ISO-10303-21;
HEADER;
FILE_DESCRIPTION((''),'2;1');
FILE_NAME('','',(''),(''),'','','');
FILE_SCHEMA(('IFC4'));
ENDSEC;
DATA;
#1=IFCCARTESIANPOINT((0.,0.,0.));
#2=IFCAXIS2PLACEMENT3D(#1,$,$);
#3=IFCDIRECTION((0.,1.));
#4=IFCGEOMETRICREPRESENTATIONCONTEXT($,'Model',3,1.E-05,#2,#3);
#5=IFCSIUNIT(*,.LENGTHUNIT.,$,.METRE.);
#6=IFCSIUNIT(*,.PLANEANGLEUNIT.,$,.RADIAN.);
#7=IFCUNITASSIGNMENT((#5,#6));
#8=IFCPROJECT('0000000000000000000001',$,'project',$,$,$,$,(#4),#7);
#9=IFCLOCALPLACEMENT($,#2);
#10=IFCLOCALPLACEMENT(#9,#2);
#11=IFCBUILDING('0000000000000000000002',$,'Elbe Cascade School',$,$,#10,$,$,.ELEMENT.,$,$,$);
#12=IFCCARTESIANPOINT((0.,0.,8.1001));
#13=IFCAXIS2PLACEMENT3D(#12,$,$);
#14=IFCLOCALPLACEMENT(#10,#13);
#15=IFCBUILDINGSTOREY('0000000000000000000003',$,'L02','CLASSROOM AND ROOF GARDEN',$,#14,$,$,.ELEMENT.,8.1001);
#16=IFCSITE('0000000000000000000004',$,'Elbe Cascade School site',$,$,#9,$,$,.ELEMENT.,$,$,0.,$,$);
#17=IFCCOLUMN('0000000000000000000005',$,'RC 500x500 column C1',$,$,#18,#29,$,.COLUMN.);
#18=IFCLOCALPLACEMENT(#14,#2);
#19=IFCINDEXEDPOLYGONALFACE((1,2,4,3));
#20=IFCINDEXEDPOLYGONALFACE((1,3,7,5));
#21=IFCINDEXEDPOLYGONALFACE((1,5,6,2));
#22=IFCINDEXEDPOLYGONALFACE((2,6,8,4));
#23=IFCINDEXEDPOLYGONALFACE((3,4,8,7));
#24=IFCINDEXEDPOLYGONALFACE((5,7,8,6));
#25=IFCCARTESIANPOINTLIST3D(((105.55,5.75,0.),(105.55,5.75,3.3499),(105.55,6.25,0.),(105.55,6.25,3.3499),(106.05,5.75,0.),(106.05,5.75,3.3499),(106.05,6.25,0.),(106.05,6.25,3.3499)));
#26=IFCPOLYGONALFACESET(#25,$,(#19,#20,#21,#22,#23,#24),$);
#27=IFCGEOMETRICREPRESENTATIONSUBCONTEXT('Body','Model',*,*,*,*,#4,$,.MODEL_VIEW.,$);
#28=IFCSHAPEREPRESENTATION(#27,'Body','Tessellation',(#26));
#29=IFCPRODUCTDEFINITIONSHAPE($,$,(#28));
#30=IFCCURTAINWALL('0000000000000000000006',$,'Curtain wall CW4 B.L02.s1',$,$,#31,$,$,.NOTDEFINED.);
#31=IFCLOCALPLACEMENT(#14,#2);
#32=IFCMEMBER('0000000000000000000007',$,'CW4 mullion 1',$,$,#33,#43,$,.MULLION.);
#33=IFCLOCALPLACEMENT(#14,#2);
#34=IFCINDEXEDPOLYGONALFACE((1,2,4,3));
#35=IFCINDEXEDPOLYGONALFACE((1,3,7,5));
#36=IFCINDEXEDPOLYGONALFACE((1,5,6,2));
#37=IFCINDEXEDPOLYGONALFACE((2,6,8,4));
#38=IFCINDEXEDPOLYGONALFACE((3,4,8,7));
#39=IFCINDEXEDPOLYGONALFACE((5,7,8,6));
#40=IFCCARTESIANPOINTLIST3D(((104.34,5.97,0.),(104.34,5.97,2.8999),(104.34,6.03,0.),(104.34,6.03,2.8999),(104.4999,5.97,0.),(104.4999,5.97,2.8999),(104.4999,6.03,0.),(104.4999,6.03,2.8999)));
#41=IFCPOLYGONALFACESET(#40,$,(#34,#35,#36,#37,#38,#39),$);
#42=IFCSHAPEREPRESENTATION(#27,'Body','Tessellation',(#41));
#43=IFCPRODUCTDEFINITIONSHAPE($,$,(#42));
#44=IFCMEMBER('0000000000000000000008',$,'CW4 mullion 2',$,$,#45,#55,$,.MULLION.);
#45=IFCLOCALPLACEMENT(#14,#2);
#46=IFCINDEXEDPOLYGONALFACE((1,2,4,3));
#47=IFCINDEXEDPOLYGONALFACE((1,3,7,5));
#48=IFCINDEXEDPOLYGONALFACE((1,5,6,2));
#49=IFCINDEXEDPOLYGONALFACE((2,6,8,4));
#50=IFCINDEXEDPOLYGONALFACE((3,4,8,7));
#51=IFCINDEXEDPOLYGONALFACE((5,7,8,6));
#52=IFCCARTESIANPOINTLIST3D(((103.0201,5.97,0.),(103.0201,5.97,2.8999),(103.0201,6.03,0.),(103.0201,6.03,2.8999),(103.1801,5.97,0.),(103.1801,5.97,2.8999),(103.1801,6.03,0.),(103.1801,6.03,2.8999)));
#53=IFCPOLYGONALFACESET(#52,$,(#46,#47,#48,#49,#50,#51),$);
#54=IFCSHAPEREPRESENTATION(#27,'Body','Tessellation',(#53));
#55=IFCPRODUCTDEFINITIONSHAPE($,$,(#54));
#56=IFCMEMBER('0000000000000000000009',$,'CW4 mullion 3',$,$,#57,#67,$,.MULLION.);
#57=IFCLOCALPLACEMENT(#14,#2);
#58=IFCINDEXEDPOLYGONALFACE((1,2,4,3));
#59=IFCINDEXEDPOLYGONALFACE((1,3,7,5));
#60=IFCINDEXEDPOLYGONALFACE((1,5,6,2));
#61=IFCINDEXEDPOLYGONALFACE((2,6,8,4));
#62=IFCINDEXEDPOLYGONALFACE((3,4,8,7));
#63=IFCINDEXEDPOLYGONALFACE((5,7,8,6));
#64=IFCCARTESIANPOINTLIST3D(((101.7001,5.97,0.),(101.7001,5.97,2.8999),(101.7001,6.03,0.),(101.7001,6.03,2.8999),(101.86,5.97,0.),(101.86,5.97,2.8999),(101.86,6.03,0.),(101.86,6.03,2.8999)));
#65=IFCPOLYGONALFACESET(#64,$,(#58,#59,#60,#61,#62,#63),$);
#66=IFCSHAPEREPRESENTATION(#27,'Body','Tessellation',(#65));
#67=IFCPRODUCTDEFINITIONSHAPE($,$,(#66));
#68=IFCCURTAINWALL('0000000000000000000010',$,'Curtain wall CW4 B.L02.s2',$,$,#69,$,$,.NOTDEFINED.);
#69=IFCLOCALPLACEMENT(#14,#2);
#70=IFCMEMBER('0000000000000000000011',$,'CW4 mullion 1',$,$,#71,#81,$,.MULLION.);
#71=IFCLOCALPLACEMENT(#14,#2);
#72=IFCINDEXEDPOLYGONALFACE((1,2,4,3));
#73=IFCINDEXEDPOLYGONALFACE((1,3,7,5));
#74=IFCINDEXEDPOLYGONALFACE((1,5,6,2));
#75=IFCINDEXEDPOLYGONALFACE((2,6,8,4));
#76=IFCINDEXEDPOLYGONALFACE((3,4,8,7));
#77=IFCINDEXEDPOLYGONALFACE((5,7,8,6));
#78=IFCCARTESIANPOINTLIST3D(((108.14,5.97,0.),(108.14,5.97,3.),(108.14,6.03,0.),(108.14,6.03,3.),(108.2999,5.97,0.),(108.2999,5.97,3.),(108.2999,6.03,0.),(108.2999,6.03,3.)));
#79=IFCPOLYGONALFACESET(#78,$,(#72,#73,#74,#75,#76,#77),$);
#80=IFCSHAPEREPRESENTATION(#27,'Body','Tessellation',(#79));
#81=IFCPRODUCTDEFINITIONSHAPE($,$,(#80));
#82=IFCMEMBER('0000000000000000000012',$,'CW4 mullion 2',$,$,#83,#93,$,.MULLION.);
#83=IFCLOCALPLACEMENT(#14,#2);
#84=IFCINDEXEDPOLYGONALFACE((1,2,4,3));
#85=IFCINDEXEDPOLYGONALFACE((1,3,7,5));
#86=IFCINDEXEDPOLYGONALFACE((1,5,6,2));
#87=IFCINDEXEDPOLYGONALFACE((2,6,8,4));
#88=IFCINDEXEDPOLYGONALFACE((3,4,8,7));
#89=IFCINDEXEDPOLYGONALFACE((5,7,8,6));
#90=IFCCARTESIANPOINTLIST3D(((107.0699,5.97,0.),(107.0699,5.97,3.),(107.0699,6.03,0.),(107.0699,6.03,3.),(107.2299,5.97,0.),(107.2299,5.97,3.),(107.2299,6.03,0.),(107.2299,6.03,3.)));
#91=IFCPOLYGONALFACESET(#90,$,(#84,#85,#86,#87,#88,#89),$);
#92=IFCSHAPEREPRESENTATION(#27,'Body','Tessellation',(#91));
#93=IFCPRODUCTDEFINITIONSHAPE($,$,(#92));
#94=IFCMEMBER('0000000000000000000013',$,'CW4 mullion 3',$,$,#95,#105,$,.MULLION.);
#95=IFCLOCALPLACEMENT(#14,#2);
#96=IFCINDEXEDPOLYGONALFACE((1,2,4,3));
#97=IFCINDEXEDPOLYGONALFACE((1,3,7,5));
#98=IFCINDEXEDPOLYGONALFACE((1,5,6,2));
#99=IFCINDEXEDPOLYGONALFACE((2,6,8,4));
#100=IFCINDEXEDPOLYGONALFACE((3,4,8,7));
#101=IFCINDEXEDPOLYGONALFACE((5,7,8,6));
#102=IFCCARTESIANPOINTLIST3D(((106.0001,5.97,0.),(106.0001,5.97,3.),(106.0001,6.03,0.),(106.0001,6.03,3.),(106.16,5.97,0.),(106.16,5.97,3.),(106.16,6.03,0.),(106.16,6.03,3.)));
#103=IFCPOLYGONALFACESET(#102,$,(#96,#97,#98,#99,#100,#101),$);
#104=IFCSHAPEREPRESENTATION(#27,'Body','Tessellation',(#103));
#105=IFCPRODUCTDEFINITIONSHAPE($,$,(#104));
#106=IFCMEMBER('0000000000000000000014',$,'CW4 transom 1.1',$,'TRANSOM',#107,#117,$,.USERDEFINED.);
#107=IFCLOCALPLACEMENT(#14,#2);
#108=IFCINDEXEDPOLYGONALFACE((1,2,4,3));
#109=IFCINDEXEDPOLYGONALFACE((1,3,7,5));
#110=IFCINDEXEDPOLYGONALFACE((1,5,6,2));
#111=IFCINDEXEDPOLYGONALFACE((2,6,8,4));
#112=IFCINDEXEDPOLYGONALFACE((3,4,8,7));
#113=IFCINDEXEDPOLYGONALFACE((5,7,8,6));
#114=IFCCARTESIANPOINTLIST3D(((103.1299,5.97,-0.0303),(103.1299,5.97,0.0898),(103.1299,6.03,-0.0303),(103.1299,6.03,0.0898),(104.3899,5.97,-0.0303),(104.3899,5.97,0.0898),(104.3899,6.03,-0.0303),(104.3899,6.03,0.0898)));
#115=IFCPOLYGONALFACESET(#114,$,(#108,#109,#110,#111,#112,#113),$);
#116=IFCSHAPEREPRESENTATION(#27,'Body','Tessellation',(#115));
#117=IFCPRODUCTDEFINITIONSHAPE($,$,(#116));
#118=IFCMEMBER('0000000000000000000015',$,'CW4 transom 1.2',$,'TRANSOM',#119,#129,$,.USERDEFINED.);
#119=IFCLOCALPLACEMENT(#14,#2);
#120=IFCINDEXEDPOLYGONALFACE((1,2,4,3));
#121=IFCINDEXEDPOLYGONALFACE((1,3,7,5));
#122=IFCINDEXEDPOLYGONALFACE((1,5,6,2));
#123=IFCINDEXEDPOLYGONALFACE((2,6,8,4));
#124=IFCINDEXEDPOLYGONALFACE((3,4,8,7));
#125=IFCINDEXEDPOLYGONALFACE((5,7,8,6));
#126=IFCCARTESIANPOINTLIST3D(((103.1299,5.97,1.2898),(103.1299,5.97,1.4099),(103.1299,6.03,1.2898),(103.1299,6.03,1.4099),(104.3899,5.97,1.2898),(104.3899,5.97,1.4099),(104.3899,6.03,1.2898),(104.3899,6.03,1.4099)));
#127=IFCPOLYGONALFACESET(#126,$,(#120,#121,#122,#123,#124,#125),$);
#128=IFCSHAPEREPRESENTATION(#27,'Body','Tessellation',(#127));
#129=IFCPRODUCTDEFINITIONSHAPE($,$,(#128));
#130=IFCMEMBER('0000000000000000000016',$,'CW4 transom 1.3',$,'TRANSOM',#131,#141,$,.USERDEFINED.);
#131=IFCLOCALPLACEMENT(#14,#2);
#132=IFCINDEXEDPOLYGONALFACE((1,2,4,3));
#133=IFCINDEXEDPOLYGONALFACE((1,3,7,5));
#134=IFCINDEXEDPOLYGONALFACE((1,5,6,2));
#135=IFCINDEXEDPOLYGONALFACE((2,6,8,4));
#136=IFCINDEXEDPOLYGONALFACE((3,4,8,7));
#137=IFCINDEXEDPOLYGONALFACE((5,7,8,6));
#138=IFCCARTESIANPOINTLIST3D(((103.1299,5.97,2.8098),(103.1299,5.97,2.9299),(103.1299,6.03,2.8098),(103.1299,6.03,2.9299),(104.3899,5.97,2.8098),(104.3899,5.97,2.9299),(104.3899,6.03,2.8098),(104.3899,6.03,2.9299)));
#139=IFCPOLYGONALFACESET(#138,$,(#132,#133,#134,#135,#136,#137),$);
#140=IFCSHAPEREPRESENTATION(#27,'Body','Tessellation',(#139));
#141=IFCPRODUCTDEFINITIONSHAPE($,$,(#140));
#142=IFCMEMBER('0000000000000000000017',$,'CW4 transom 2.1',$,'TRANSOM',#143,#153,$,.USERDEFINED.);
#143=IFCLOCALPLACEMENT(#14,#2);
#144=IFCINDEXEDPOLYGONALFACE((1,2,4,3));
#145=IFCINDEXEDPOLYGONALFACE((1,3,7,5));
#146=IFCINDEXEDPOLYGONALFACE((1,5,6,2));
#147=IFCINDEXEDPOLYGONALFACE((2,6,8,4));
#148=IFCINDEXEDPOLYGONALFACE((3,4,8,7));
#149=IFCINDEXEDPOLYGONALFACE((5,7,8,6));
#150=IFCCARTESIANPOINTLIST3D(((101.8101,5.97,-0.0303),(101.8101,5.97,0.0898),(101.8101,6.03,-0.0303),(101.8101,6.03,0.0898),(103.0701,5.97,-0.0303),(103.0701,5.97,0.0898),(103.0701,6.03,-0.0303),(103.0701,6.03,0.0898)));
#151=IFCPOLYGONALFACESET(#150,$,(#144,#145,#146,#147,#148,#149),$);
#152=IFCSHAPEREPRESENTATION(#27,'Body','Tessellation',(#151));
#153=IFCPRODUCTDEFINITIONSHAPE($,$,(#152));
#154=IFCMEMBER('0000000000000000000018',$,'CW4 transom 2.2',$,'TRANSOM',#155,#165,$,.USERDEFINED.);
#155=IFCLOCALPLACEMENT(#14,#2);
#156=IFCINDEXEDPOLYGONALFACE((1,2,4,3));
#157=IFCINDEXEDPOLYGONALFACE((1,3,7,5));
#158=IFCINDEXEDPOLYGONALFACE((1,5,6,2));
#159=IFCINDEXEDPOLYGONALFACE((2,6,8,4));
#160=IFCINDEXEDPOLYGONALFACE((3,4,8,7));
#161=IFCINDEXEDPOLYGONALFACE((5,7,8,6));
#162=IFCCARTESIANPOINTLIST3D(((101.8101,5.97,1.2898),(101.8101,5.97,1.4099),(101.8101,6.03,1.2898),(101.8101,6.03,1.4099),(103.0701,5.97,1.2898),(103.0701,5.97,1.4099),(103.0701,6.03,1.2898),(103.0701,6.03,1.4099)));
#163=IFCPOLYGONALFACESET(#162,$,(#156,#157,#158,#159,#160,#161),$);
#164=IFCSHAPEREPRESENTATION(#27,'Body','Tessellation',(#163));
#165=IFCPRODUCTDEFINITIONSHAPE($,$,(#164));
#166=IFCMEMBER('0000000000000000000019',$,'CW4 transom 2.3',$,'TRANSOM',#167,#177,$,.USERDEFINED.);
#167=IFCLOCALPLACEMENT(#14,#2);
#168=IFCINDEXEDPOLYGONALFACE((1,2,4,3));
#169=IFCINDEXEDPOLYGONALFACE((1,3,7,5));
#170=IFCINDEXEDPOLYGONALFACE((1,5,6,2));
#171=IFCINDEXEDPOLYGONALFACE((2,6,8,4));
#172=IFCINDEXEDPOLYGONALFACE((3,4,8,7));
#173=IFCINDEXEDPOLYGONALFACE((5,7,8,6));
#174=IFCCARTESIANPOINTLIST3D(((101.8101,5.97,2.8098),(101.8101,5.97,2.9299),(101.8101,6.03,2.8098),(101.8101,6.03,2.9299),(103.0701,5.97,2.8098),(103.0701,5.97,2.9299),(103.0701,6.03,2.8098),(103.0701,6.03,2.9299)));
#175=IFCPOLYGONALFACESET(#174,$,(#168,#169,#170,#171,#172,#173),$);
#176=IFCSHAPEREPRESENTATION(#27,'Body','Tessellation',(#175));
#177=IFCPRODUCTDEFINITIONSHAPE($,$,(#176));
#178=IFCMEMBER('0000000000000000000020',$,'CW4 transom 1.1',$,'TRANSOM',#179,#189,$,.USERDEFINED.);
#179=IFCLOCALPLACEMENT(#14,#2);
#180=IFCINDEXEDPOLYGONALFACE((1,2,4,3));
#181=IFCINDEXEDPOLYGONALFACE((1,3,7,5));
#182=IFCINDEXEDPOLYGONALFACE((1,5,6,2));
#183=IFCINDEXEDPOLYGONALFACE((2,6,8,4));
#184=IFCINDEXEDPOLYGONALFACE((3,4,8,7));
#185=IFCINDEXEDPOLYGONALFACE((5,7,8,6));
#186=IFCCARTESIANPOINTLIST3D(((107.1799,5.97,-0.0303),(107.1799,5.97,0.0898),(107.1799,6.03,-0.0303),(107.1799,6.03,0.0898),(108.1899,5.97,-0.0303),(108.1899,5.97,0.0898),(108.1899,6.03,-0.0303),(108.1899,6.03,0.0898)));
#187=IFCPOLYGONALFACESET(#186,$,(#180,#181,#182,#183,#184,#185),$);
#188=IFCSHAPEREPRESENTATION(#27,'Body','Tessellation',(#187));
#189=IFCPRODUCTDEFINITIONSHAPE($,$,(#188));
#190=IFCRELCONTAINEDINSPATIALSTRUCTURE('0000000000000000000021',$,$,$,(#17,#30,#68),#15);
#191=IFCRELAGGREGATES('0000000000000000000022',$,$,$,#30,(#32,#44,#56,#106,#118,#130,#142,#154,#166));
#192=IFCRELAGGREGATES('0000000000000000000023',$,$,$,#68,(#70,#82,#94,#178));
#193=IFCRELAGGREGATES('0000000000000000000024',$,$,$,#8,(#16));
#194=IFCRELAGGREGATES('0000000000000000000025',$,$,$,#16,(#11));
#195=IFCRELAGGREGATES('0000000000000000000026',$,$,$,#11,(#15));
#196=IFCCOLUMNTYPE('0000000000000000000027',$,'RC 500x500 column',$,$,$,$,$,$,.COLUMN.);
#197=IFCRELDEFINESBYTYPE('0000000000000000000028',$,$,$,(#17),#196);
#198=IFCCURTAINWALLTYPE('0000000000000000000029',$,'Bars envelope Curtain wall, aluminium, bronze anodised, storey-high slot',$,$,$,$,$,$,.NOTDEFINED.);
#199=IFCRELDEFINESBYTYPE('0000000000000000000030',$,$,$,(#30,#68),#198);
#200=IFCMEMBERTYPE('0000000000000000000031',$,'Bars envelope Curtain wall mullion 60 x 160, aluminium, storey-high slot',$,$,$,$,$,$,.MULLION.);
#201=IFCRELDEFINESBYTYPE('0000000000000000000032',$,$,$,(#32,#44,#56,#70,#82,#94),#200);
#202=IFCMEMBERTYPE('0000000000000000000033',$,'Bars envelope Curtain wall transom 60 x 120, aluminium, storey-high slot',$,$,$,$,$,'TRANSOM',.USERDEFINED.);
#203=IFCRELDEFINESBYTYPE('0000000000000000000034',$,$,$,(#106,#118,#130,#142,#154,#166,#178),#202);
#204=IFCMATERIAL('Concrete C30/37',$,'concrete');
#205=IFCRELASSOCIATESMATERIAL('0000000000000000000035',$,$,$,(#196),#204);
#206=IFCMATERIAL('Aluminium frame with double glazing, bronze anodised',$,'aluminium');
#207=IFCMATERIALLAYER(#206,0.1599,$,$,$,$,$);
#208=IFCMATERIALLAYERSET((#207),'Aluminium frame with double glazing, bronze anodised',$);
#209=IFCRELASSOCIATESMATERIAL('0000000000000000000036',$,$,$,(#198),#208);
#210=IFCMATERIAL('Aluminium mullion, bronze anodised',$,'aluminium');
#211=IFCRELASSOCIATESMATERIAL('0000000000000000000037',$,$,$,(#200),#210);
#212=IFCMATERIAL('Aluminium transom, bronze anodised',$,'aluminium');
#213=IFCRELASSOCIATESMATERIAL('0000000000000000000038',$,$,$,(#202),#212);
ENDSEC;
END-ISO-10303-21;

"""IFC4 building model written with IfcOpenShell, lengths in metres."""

from ifc_helpers import new_model, si_unit, direction, frame, origin, origin_2d, place, context, subcontext, project, spatial, rectangle, extrude, material, layer, layer_set, material_profile, profile_set, type_object, element, aggregate, save


model = new_model("IFC4")

# Units and contexts
model_context = context("Model", 3, precision=1e-05, world=origin(), true_north=direction((0.0, 1.0)))
body_context = subcontext(model_context, "Body", "Model", "MODEL_VIEW")
ifc_project = project(units=[si_unit("LENGTHUNIT", "METRE"), si_unit("PLANEANGLEUNIT", "RADIAN")], contexts=[model_context])

# Site, building, storey
site_placement = place(None, origin())
site = spatial("IfcSite", under=ifc_project, at=site_placement, Name="Elbe Cascade School site", CompositionType="ELEMENT", RefElevation=0.0)
building_placement = place(site_placement, origin())
building = spatial("IfcBuilding", under=site, at=building_placement, Name="Elbe Cascade School", CompositionType="ELEMENT")
storey_placement = place(building_placement, frame((0.0, 0.0, 8.1001)))
storey = spatial("IfcBuildingStorey", under=building, at=storey_placement, Name="L02", Description="CLASSROOM AND ROOF GARDEN", CompositionType="ELEMENT", Elevation=8.1001)

# Column
ifc_material_1 = material(Name="Concrete C30/37", Category="concrete")
ifc_material_profile_1 = material_profile(ifc_material_1, rectangle(XDim=0.5, YDim=0.5, at=origin_2d()), Name="RC 500x500")
ifc_profile_set_1 = profile_set([ifc_material_profile_1], Name="Concrete C30/37")
column_type = type_object("IfcColumnType", Name="RC 500x500 column", PredefinedType="COLUMN", material=ifc_profile_set_1)
column_placement = place(storey_placement, frame((105.8, 6.0, 0.0), z_axis=(0.0, 0.0, 1.0), x_axis=(1.0, 0.0, 0.0)))
element("IfcColumn", 1, at=column_placement, inside=storey, type_object=column_type, Name="RC 500x500 column C1", PredefinedType="COLUMN", context=body_context, shape_type="SweptSolid", body=[
    extrude(rectangle(XDim=0.5, YDim=0.5, at=origin_2d()), origin(), (0.0, 0.0, 1.0), 3.3499),
])

# Curtain walls, members
ifc_material_2 = material(Name="Aluminium frame with double glazing, bronze anodised", Category="aluminium")
ifc_layer_1 = layer(ifc_material_2, 0.1599)
ifc_layer_set_1 = layer_set([ifc_layer_1], Name="Aluminium frame with double glazing, bronze anodised")
curtain_wall_type = type_object("IfcCurtainWallType", Name="Bars envelope Curtain wall, aluminium, bronze anodised, storey-high slot", PredefinedType="NOTDEFINED", material=ifc_layer_set_1)
curtain_wall_1_placement = place(storey_placement, origin())
curtain_wall_1 = element("IfcCurtainWall", 2, at=curtain_wall_1_placement, inside=storey, type_object=curtain_wall_type, Name="Curtain wall CW4 B.L02.s1", PredefinedType="NOTDEFINED")
ifc_material_3 = material(Name="Aluminium mullion, bronze anodised", Category="aluminium")
ifc_material_profile_2 = material_profile(ifc_material_3, rectangle(XDim=0.0601, YDim=0.1599, at=origin_2d()), Name="Bars envelope Curtain wall mullion 60 x 160, aluminium, storey-high slot")
ifc_profile_set_2 = profile_set([ifc_material_profile_2], Name="Aluminium mullion, bronze anodised")
member_type_1 = type_object("IfcMemberType", Name="Bars envelope Curtain wall mullion 60 x 160, aluminium, storey-high slot", PredefinedType="MULLION", material=ifc_profile_set_2)
member_1_placement = place(storey_placement, frame((104.4199, 6.0, 0.0), z_axis=(0.0, 0.0, 1.0), x_axis=(0.0, -1.0, 0.0)))
member_1 = element("IfcMember", 3, at=member_1_placement, type_object=member_type_1, Name="CW4 mullion 1", PredefinedType="MULLION", context=body_context, shape_type="SweptSolid", body=[
    extrude(rectangle(XDim=0.0601, YDim=0.1599, at=origin_2d()), origin(), (0.0, 0.0, 1.0), 2.8999),
])
member_2_placement = place(storey_placement, frame((103.1001, 6.0, 0.0), z_axis=(0.0, 0.0, 1.0), x_axis=(0.0, -1.0, 0.0)))
member_2 = element("IfcMember", 4, at=member_2_placement, type_object=member_type_1, Name="CW4 mullion 2", PredefinedType="MULLION", context=body_context, shape_type="SweptSolid", body=[
    extrude(rectangle(XDim=0.0601, YDim=0.1599, at=origin_2d()), origin(), (0.0, 0.0, 1.0), 2.8999),
])
member_3_placement = place(storey_placement, frame((101.78, 6.0, 0.0), z_axis=(0.0, 0.0, 1.0), x_axis=(0.0, -1.0, 0.0)))
member_3 = element("IfcMember", 5, at=member_3_placement, type_object=member_type_1, Name="CW4 mullion 3", PredefinedType="MULLION", context=body_context, shape_type="SweptSolid", body=[
    extrude(rectangle(XDim=0.0601, YDim=0.1599, at=origin_2d()), origin(), (0.0, 0.0, 1.0), 2.8999),
])
curtain_wall_2_placement = place(storey_placement, origin())
curtain_wall_2 = element("IfcCurtainWall", 6, at=curtain_wall_2_placement, inside=storey, type_object=curtain_wall_type, Name="Curtain wall CW4 B.L02.s2", PredefinedType="NOTDEFINED")
member_4_placement = place(storey_placement, frame((108.22, 6.0, 0.0), z_axis=(0.0, 0.0, 1.0), x_axis=(0.0, -1.0, 0.0)))
member_4 = element("IfcMember", 7, at=member_4_placement, type_object=member_type_1, Name="CW4 mullion 1", PredefinedType="MULLION", context=body_context, shape_type="SweptSolid", body=[
    extrude(rectangle(XDim=0.0601, YDim=0.1599, at=origin_2d()), origin(), (0.0, 0.0, 1.0), 3.0),
])
member_5_placement = place(storey_placement, frame((107.1499, 6.0, 0.0), z_axis=(0.0, 0.0, 1.0), x_axis=(0.0, -1.0, 0.0)))
member_5 = element("IfcMember", 8, at=member_5_placement, type_object=member_type_1, Name="CW4 mullion 2", PredefinedType="MULLION", context=body_context, shape_type="SweptSolid", body=[
    extrude(rectangle(XDim=0.0601, YDim=0.1599, at=origin_2d()), origin(), (0.0, 0.0, 1.0), 3.0),
])
member_6_placement = place(storey_placement, frame((106.0801, 6.0, 0.0), z_axis=(0.0, 0.0, 1.0), x_axis=(0.0, -1.0, 0.0)))
member_6 = element("IfcMember", 9, at=member_6_placement, type_object=member_type_1, Name="CW4 mullion 3", PredefinedType="MULLION", context=body_context, shape_type="SweptSolid", body=[
    extrude(rectangle(XDim=0.0601, YDim=0.1599, at=origin_2d()), origin(), (0.0, 0.0, 1.0), 3.0),
])

# Members
ifc_material_4 = material(Name="Aluminium transom, bronze anodised", Category="aluminium")
ifc_material_profile_3 = material_profile(ifc_material_4, rectangle(XDim=0.0601, YDim=0.1201, at=origin_2d()), Name="Bars envelope Curtain wall transom 60 x 120, aluminium, storey-high slot")
ifc_profile_set_3 = profile_set([ifc_material_profile_3], Name="Aluminium transom, bronze anodised")
member_type_2 = type_object("IfcMemberType", Name="Bars envelope Curtain wall transom 60 x 120, aluminium, storey-high slot", ElementType="TRANSOM", PredefinedType="USERDEFINED", material=ifc_profile_set_3)
member_7_placement = place(storey_placement, frame((104.3899, 6.0, 0.0298), z_axis=(-1.0, 0.0, 0.0), x_axis=(0.0, -1.0, 0.0)))
member_7 = element("IfcMember", 10, at=member_7_placement, type_object=member_type_2, Name="CW4 transom 1.1", ObjectType="TRANSOM", PredefinedType="USERDEFINED", context=body_context, shape_type="SweptSolid", body=[
    extrude(rectangle(XDim=0.0601, YDim=0.1201, at=origin_2d()), origin(), (0.0, 0.0, 1.0), 1.26),
])
member_8_placement = place(storey_placement, frame((104.3899, 6.0, 1.3499), z_axis=(-1.0, 0.0, 0.0), x_axis=(0.0, -1.0, 0.0)))
member_8 = element("IfcMember", 11, at=member_8_placement, type_object=member_type_2, Name="CW4 transom 1.2", ObjectType="TRANSOM", PredefinedType="USERDEFINED", context=body_context, shape_type="SweptSolid", body=[
    extrude(rectangle(XDim=0.0601, YDim=0.1201, at=origin_2d()), origin(), (0.0, 0.0, 1.0), 1.26),
])
member_9_placement = place(storey_placement, frame((104.3899, 6.0, 2.8699), z_axis=(-1.0, 0.0, 0.0), x_axis=(0.0, -1.0, 0.0)))
member_9 = element("IfcMember", 12, at=member_9_placement, type_object=member_type_2, Name="CW4 transom 1.3", ObjectType="TRANSOM", PredefinedType="USERDEFINED", context=body_context, shape_type="SweptSolid", body=[
    extrude(rectangle(XDim=0.0601, YDim=0.1201, at=origin_2d()), origin(), (0.0, 0.0, 1.0), 1.26),
])
member_10_placement = place(storey_placement, frame((103.0701, 6.0, 0.0298), z_axis=(-1.0, 0.0, 0.0), x_axis=(0.0, -1.0, 0.0)))
member_10 = element("IfcMember", 13, at=member_10_placement, type_object=member_type_2, Name="CW4 transom 2.1", ObjectType="TRANSOM", PredefinedType="USERDEFINED", context=body_context, shape_type="SweptSolid", body=[
    extrude(rectangle(XDim=0.0601, YDim=0.1201, at=origin_2d()), origin(), (0.0, 0.0, 1.0), 1.26),
])
member_11_placement = place(storey_placement, frame((103.0701, 6.0, 1.3499), z_axis=(-1.0, 0.0, 0.0), x_axis=(0.0, -1.0, 0.0)))
member_11 = element("IfcMember", 14, at=member_11_placement, type_object=member_type_2, Name="CW4 transom 2.2", ObjectType="TRANSOM", PredefinedType="USERDEFINED", context=body_context, shape_type="SweptSolid", body=[
    extrude(rectangle(XDim=0.0601, YDim=0.1201, at=origin_2d()), origin(), (0.0, 0.0, 1.0), 1.26),
])
member_12_placement = place(storey_placement, frame((103.0701, 6.0, 2.8699), z_axis=(-1.0, 0.0, 0.0), x_axis=(0.0, -1.0, 0.0)))
member_12 = element("IfcMember", 15, at=member_12_placement, type_object=member_type_2, Name="CW4 transom 2.3", ObjectType="TRANSOM", PredefinedType="USERDEFINED", context=body_context, shape_type="SweptSolid", body=[
    extrude(rectangle(XDim=0.0601, YDim=0.1201, at=origin_2d()), origin(), (0.0, 0.0, 1.0), 1.26),
])
member_13_placement = place(storey_placement, frame((108.1899, 6.0, 0.0298), z_axis=(-1.0, 0.0, 0.0), x_axis=(0.0, -1.0, 0.0)))
member_13 = element("IfcMember", 16, at=member_13_placement, type_object=member_type_2, Name="CW4 transom 1.1", ObjectType="TRANSOM", PredefinedType="USERDEFINED", context=body_context, shape_type="SweptSolid", body=[
    extrude(rectangle(XDim=0.0601, YDim=0.1201, at=origin_2d()), origin(), (0.0, 0.0, 1.0), 1.01),
])

aggregate(curtain_wall_1, [member_1, member_2, member_3, member_7, member_8, member_9, member_10, member_11, member_12])
aggregate(curtain_wall_2, [member_4, member_5, member_6, member_13])

save(model, "model.ifc")
